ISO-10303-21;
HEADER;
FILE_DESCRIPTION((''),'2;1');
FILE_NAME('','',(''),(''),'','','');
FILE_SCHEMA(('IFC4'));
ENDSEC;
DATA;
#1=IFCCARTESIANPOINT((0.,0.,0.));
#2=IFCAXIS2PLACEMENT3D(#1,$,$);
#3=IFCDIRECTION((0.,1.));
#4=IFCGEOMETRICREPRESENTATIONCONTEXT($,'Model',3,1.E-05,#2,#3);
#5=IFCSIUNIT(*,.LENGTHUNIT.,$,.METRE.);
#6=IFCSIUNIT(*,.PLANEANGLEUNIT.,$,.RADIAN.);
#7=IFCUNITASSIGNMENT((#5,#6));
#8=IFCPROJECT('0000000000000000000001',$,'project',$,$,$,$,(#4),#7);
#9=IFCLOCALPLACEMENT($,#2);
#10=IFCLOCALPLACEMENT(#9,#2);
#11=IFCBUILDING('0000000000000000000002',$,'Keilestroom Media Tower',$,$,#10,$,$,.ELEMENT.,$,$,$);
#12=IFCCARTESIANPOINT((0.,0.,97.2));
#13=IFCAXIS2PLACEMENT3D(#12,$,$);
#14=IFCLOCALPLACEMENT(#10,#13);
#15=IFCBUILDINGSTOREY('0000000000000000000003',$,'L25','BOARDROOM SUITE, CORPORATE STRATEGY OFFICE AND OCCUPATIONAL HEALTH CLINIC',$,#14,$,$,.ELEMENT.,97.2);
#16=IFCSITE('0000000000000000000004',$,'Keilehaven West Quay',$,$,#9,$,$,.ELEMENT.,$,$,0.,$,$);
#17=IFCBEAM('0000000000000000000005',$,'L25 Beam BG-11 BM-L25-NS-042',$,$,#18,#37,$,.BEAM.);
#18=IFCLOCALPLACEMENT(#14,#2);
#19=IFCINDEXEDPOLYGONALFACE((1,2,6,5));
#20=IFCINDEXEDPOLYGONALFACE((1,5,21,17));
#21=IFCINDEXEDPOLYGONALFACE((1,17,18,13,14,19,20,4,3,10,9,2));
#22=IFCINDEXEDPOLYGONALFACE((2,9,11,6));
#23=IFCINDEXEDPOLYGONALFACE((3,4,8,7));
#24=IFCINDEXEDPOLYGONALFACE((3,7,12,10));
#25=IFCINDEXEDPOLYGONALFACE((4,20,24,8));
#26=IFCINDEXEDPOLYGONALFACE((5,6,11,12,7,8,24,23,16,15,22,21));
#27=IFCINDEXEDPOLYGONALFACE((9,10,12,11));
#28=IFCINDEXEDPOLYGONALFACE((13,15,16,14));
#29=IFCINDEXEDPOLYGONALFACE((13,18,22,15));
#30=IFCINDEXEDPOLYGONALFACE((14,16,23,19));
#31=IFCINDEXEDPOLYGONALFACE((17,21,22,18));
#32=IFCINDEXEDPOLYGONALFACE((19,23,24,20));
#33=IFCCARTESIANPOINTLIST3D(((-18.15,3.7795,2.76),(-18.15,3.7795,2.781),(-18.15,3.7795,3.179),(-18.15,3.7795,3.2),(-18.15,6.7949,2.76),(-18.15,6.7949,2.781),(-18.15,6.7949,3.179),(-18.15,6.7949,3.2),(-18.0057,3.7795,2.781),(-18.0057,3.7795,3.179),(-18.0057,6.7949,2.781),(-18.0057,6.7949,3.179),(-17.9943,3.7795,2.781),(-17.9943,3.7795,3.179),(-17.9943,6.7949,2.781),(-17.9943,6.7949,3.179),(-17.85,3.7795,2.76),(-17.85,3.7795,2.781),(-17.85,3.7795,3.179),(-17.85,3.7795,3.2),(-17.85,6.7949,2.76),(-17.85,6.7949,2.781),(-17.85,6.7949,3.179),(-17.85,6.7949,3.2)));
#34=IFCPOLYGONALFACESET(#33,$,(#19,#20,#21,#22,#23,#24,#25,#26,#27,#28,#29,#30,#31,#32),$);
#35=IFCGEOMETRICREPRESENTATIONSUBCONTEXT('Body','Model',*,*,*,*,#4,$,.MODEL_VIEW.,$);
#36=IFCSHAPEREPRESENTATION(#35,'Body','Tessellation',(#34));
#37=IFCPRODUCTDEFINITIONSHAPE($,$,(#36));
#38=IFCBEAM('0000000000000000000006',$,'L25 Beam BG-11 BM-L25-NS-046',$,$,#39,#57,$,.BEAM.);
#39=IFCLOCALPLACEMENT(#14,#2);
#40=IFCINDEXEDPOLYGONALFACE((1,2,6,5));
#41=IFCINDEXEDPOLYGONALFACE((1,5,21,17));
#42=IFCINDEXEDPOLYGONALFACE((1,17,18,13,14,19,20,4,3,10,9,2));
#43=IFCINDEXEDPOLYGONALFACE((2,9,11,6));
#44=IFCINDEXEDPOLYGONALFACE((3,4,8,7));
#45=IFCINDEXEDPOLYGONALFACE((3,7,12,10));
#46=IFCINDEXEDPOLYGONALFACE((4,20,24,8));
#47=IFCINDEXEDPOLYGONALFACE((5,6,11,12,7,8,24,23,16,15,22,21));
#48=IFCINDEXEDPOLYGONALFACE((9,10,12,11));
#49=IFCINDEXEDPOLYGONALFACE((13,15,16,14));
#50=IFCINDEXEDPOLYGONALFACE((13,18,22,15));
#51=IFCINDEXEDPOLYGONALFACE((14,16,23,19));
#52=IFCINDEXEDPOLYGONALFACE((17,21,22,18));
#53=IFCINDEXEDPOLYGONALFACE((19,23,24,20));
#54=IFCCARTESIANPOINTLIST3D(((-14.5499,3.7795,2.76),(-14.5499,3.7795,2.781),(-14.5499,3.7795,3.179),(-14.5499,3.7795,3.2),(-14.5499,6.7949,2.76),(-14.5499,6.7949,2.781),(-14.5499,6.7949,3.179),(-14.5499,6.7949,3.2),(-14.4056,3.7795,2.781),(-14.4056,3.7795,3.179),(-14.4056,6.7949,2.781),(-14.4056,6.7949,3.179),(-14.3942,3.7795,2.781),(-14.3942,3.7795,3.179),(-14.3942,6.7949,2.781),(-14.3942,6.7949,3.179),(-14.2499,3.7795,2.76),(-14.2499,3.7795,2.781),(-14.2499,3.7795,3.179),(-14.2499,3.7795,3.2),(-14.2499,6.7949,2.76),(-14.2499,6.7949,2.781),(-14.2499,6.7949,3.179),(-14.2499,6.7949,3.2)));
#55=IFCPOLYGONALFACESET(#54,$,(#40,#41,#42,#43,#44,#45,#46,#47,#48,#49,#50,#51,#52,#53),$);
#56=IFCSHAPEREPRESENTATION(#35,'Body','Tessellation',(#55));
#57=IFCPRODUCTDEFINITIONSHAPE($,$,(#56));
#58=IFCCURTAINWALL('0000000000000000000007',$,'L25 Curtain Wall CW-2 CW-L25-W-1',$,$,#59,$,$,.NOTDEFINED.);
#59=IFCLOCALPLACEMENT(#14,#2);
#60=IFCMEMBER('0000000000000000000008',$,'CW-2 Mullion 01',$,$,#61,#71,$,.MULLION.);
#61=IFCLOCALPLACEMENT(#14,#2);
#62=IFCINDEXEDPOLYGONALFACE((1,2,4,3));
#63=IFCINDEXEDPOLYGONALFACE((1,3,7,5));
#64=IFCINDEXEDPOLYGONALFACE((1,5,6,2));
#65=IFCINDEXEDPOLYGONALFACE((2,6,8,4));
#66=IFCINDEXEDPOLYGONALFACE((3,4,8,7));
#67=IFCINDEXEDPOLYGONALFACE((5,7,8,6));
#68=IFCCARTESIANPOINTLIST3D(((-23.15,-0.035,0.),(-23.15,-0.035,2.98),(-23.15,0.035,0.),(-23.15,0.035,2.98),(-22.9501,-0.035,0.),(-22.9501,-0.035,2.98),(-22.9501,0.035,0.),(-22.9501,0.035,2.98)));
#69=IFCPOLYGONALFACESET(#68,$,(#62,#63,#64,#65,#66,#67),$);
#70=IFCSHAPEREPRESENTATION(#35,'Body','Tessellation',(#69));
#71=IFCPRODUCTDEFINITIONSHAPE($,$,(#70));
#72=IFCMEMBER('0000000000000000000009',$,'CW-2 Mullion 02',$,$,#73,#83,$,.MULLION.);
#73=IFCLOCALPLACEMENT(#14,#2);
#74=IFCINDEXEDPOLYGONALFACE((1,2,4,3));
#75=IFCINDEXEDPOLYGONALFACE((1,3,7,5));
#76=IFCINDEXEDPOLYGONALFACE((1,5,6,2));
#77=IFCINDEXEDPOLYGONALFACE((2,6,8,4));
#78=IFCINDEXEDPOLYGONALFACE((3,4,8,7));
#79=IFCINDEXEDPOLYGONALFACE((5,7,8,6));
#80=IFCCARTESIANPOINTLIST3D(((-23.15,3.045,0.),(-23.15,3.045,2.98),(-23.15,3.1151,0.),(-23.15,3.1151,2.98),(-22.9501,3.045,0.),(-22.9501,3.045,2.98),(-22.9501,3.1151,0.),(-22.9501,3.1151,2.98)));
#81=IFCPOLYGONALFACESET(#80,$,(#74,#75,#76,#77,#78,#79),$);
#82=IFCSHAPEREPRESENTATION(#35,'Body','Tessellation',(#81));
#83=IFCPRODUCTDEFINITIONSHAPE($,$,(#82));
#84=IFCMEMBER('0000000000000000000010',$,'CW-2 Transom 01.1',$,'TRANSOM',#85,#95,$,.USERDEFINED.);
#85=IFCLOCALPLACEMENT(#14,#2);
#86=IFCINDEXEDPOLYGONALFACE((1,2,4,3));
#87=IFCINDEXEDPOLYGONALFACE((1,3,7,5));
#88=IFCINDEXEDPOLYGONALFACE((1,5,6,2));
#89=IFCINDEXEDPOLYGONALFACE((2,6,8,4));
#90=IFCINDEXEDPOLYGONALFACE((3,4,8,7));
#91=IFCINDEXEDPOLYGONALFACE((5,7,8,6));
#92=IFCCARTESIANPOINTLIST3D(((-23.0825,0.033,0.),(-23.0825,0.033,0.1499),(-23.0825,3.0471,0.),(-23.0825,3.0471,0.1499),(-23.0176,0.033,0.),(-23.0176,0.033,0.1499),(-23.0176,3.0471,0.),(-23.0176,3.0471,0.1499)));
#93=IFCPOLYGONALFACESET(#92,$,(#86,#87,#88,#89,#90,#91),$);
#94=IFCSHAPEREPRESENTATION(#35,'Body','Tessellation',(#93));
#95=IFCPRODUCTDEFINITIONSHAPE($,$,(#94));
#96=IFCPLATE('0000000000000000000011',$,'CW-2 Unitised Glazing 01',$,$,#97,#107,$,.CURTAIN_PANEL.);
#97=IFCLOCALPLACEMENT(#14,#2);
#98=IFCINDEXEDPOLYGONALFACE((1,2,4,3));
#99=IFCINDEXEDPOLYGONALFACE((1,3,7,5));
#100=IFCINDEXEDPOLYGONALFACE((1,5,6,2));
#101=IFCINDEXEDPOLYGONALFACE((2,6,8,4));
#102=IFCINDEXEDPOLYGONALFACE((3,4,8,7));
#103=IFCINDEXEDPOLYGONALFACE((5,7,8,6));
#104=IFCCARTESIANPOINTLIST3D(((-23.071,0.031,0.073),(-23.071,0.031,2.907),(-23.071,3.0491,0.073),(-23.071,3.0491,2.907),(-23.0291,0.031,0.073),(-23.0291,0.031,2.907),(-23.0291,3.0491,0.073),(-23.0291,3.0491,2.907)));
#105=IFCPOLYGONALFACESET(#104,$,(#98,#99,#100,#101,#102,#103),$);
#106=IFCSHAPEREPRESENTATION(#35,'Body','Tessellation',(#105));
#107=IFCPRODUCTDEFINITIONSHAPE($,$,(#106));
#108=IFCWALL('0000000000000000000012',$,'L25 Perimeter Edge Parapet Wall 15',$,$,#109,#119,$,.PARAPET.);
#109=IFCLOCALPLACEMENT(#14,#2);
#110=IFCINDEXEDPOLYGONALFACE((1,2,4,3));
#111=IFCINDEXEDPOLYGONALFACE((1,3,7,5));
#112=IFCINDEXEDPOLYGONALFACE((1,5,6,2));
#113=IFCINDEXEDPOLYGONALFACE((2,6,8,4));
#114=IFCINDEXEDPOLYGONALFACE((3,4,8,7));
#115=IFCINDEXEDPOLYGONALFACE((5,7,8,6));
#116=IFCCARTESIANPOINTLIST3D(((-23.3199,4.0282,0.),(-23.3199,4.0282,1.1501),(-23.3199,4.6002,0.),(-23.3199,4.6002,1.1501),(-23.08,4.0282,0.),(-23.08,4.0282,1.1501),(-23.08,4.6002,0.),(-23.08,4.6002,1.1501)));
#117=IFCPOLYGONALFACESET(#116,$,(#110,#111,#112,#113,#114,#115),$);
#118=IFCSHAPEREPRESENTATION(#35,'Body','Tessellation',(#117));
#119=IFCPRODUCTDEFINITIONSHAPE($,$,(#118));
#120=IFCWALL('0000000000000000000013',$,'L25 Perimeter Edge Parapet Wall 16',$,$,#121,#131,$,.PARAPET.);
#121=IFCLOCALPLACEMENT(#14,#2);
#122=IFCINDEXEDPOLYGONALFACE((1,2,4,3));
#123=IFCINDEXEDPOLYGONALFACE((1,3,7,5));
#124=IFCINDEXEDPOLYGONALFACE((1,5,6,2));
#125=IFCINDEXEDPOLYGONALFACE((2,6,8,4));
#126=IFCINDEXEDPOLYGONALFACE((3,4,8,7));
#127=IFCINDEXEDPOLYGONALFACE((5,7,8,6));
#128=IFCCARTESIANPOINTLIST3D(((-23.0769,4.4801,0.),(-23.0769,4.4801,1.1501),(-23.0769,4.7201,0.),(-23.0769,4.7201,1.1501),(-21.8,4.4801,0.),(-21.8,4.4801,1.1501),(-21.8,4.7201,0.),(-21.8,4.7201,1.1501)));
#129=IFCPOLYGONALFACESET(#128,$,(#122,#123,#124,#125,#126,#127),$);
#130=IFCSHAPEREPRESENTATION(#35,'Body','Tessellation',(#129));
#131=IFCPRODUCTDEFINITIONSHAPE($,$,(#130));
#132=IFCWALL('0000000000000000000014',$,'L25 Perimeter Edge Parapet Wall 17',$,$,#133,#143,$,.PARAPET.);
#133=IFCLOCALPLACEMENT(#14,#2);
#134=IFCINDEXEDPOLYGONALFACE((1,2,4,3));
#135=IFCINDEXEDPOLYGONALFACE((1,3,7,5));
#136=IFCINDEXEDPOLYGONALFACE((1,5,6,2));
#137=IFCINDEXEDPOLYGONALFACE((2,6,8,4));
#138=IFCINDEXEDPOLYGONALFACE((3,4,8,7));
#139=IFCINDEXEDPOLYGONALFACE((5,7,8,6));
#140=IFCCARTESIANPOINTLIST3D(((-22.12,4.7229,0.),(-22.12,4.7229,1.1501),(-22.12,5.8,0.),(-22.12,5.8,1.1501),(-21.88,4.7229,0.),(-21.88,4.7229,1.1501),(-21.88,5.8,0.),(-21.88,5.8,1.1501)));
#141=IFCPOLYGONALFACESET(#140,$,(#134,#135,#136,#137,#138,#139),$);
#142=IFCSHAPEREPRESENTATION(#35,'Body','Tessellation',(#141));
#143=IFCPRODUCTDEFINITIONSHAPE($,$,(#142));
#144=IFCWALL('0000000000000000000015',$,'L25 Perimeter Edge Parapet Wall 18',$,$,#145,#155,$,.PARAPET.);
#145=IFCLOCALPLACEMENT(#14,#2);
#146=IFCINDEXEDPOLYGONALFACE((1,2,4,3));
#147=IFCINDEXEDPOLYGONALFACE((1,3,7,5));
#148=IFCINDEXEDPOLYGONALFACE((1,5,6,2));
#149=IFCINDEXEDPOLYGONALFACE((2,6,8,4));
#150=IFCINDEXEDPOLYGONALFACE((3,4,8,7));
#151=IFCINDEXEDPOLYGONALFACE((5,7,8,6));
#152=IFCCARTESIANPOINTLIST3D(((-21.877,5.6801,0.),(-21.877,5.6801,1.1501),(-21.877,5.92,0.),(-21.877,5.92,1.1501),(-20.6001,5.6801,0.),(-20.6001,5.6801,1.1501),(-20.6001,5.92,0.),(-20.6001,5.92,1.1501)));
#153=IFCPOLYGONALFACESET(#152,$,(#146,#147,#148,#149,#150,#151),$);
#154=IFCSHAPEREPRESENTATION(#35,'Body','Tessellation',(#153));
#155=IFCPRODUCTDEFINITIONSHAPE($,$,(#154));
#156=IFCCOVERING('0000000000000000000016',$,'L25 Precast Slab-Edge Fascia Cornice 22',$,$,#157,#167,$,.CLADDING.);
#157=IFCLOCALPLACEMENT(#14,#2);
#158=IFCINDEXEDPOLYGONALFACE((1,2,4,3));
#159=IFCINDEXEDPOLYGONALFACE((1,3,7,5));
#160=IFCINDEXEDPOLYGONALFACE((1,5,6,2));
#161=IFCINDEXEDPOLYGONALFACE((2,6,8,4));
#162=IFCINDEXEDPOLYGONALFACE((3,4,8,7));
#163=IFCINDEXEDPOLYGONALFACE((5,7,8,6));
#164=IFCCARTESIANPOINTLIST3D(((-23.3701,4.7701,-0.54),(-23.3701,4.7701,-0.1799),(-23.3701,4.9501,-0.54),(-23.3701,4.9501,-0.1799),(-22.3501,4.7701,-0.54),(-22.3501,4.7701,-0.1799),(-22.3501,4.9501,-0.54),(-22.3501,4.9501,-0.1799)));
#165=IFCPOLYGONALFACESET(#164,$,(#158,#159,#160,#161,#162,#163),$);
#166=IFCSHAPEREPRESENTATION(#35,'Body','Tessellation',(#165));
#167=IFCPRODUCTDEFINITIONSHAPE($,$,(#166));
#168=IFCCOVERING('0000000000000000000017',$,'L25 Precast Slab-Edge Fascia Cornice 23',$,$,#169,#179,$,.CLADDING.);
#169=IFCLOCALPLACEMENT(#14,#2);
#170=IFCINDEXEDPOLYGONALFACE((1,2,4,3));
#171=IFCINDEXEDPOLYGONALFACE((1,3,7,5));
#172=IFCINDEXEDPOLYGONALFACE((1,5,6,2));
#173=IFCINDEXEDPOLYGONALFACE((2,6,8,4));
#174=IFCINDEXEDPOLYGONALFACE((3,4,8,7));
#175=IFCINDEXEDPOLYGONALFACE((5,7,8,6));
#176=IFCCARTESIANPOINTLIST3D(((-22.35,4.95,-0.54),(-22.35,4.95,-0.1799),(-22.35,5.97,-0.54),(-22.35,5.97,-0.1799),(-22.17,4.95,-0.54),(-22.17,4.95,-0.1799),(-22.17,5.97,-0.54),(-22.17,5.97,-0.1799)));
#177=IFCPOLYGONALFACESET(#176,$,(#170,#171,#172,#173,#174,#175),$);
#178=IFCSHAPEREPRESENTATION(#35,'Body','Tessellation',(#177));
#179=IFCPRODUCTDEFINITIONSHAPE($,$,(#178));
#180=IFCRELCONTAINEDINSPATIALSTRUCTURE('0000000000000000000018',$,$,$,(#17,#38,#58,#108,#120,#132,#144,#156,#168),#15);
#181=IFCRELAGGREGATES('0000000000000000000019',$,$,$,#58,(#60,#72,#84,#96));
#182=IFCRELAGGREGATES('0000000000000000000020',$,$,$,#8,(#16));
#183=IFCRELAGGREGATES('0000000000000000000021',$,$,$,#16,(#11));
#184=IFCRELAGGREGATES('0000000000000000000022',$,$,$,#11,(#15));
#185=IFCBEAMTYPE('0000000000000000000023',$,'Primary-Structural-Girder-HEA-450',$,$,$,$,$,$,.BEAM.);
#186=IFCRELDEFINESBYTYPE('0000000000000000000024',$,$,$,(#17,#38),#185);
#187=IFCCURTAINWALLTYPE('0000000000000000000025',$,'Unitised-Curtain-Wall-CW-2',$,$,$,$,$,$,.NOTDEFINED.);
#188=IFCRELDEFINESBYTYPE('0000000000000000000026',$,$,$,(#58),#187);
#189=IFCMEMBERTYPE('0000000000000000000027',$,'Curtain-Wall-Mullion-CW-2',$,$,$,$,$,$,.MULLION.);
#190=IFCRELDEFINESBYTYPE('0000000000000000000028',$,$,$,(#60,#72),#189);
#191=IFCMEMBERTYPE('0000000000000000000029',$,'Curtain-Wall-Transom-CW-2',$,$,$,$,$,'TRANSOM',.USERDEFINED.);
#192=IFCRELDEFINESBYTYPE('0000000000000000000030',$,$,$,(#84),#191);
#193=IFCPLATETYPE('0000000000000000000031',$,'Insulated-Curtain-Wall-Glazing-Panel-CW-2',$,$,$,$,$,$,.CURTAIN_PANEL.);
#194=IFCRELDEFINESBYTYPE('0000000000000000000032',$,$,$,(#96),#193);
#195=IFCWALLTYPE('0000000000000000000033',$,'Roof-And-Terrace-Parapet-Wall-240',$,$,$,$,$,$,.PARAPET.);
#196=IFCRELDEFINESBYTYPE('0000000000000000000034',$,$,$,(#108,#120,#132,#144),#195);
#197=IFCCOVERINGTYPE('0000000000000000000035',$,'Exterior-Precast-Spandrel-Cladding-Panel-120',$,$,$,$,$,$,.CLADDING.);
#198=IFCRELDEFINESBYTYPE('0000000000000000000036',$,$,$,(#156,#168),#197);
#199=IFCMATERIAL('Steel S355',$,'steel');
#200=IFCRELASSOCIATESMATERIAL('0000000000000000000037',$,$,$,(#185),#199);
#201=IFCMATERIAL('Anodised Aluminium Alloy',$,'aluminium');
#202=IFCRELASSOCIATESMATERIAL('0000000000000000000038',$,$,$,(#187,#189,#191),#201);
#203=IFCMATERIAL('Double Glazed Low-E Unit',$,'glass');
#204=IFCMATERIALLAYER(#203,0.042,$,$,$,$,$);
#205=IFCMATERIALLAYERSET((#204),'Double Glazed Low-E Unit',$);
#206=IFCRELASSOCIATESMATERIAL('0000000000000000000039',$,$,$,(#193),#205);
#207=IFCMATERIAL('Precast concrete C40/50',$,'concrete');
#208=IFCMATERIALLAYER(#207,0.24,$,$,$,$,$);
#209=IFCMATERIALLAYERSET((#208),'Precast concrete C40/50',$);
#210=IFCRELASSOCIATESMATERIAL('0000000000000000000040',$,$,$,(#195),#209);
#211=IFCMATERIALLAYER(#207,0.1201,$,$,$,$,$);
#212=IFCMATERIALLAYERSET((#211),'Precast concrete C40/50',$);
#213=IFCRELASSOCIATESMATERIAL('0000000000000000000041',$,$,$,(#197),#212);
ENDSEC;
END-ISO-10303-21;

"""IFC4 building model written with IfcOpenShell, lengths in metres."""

from ifc_helpers import new_model, si_unit, direction, frame, frame_2d, origin, origin_2d, place, context, subcontext, project, spatial, rectangle, i_section, extrude, source, transform, mapped, material, layer, layer_set, material_profile, profile_set, type_object, element, aggregate, save


model = new_model("IFC4")

# Units and contexts
model_context = context("Model", 3, precision=1e-05, world=origin(), true_north=direction((0.0, 1.0)))
body_context = subcontext(model_context, "Body", "Model", "MODEL_VIEW")
ifc_project = project(units=[si_unit("LENGTHUNIT", "METRE"), si_unit("PLANEANGLEUNIT", "RADIAN")], contexts=[model_context])

# Site, building, storey
site_placement = place(None, origin())
site = spatial("IfcSite", under=ifc_project, at=site_placement, Name="Keilehaven West Quay", CompositionType="ELEMENT", RefElevation=0.0)
building_placement = place(site_placement, origin())
building = spatial("IfcBuilding", under=site, at=building_placement, Name="Keilestroom Media Tower", CompositionType="ELEMENT")
storey_placement = place(building_placement, frame((0.0, 0.0, 97.2)))
storey = spatial("IfcBuildingStorey", under=building, at=storey_placement, Name="L25", Description="BOARDROOM SUITE, CORPORATE STRATEGY OFFICE AND OCCUPATIONAL HEALTH CLINIC", CompositionType="ELEMENT", Elevation=97.2)

# Shared definitions
ifc_material_1 = material(Name="Precast concrete C40/50", Category="concrete")
ifc_material_2 = material(Name="Steel S355", Category="steel")

# Beams
ifc_material_profile_1 = material_profile(ifc_material_2, i_section(OverallWidth=0.3, OverallDepth=0.4399, WebThickness=0.0115, FlangeThickness=0.021, at=origin_2d()), Name="HEA 450")
ifc_profile_set_1 = profile_set([ifc_material_profile_1], Name="Steel S355")
beam_type_1 = type_object("IfcBeamType", Name="Primary-Structural-Girder-HEA-450", PredefinedType="BEAM", material=ifc_profile_set_1)
shared_shape_1 = source(origin(), body_context, "Body", "SweptSolid", [
    extrude(i_section(OverallWidth=0.3, OverallDepth=0.4399, WebThickness=0.0115, FlangeThickness=0.021, at=origin_2d()), origin(), (0.0, 0.0, 1.0), 3.0154),
])
for number, where, z_axis, x_axis, name in (
    (1, (-18.0, 3.7795, 2.98), (0.0, 1.0, 0.0), (-1.0, 0.0, 0.0), "L25 Beam BG-11 BM-L25-NS-042"),
    (2, (-14.3999, 3.7795, 2.98), (0.0, 1.0, 0.0), (-1.0, 0.0, 0.0), "L25 Beam BG-11 BM-L25-NS-046"),
):
    element("IfcBeam", number, at=place(storey_placement, frame(where, z_axis=z_axis, x_axis=x_axis)), inside=storey, type_object=beam_type_1, Name=name, PredefinedType="BEAM", context=body_context, shape_type="MappedRepresentation", body=[
        mapped(shared_shape_1, transform((0.0, 0.0, 0.0), x_axis=(1.0, 0.0, 0.0), y_axis=(0.0, 1.0, 0.0), z_axis=(0.0, 0.0, 1.0), scale=1.0)),
    ])

# Curtain wall, members, plate
ifc_material_3 = material(Name="Anodised Aluminium Alloy", Category="aluminium")
curtain_wall_type = type_object("IfcCurtainWallType", Name="Unitised-Curtain-Wall-CW-2", PredefinedType="NOTDEFINED", material=ifc_material_3)
curtain_wall_placement = place(storey_placement, origin())
curtain_wall = element("IfcCurtainWall", 3, at=curtain_wall_placement, inside=storey, type_object=curtain_wall_type, Name="L25 Curtain Wall CW-2 CW-L25-W-1", PredefinedType="NOTDEFINED")
ifc_material_profile_2 = material_profile(ifc_material_3, rectangle(XDim=0.0701, YDim=0.2, at=origin_2d()), Name="ALU MULLION 70x200")
ifc_profile_set_2 = profile_set([ifc_material_profile_2], Name="Anodised Aluminium Alloy")
member_type_1 = type_object("IfcMemberType", Name="Curtain-Wall-Mullion-CW-2", PredefinedType="MULLION", material=ifc_profile_set_2)
shared_shape_2 = source(origin(), body_context, "Body", "SweptSolid", [
    extrude(rectangle(XDim=0.0701, YDim=0.2, at=origin_2d()), origin(), (0.0, 0.0, 1.0), 2.98),
])
member_1_placement = place(storey_placement, frame((-23.05, 0.0, 0.0), z_axis=(0.0, 0.0, 1.0), x_axis=(0.0, 1.0, 0.0)))
member_1 = element("IfcMember", 4, at=member_1_placement, type_object=member_type_1, Name="CW-2 Mullion 01", PredefinedType="MULLION", context=body_context, shape_type="MappedRepresentation", body=[
    mapped(shared_shape_2, transform((0.0, 0.0, 0.0), x_axis=(1.0, 0.0, 0.0), y_axis=(0.0, 1.0, 0.0), z_axis=(0.0, 0.0, 1.0), scale=1.0)),
])
member_2_placement = place(storey_placement, frame((-23.05, 3.0801, 0.0), z_axis=(0.0, 0.0, 1.0), x_axis=(0.0, 1.0, 0.0)))
member_2 = element("IfcMember", 5, at=member_2_placement, type_object=member_type_1, Name="CW-2 Mullion 02", PredefinedType="MULLION", context=body_context, shape_type="MappedRepresentation", body=[
    mapped(shared_shape_2, transform((0.0, 0.0, 0.0), x_axis=(1.0, 0.0, 0.0), y_axis=(0.0, 1.0, 0.0), z_axis=(0.0, 0.0, 1.0), scale=1.0)),
])
ifc_material_profile_3 = material_profile(ifc_material_3, rectangle(XDim=0.0649, YDim=0.1499, at=origin_2d()), Name="ALU TRANSOM 65x150")
ifc_profile_set_3 = profile_set([ifc_material_profile_3], Name="Anodised Aluminium Alloy")
member_type_2 = type_object("IfcMemberType", Name="Curtain-Wall-Transom-CW-2", ElementType="TRANSOM", PredefinedType="USERDEFINED", material=ifc_profile_set_3)
shared_shape_3 = source(origin(), body_context, "Body", "SweptSolid", [
    extrude(rectangle(XDim=0.0649, YDim=0.1499, at=origin_2d()), origin(), (0.0, 0.0, 1.0), 3.0142),
])
member_3_placement = place(storey_placement, frame((-23.05, 0.033, 0.075), z_axis=(0.0, 1.0, 0.0), x_axis=(-1.0, 0.0, 0.0)))
member_3 = element("IfcMember", 6, at=member_3_placement, type_object=member_type_2, Name="CW-2 Transom 01.1", ObjectType="TRANSOM", PredefinedType="USERDEFINED", context=body_context, shape_type="MappedRepresentation", body=[
    mapped(shared_shape_3, transform((0.0, 0.0, 0.0), x_axis=(1.0, 0.0, 0.0), y_axis=(0.0, 1.0, 0.0), z_axis=(0.0, 0.0, 1.0), scale=1.0)),
])
ifc_material_4 = material(Name="Double Glazed Low-E Unit", Category="glass")
ifc_layer_1 = layer(ifc_material_4, 0.042)
ifc_layer_set_1 = layer_set([ifc_layer_1], Name="Double Glazed Low-E Unit")
plate_type = type_object("IfcPlateType", Name="Insulated-Curtain-Wall-Glazing-Panel-CW-2", PredefinedType="CURTAIN_PANEL", material=ifc_layer_set_1)
shared_shape_4 = source(origin(), body_context, "Body", "SweptSolid", [
    extrude(rectangle(XDim=3.0181, YDim=0.042, at=origin_2d()), origin(), (0.0, 0.0, 1.0), 2.834),
])
plate_placement = place(storey_placement, frame((-23.05, 1.54, 0.073), z_axis=(0.0, 0.0, 1.0), x_axis=(0.0, 1.0, 0.0)))
plate = element("IfcPlate", 7, at=plate_placement, type_object=plate_type, Name="CW-2 Unitised Glazing 01", PredefinedType="CURTAIN_PANEL", context=body_context, shape_type="MappedRepresentation", body=[
    mapped(shared_shape_4, transform((0.0, 0.0, 0.0), x_axis=(1.0, 0.0, 0.0), y_axis=(0.0, 1.0, 0.0), z_axis=(0.0, 0.0, 1.0), scale=1.0)),
])
aggregate(curtain_wall, [member_1, member_2, member_3, plate])

# Walls
ifc_layer_2 = layer(ifc_material_1, 0.24)
ifc_layer_set_2 = layer_set([ifc_layer_2], Name="Precast concrete C40/50")
wall_type = type_object("IfcWallType", Name="Roof-And-Terrace-Parapet-Wall-240", PredefinedType="PARAPET", material=ifc_layer_set_2)
wall_1_placement = place(storey_placement, frame((-23.2, 4.0281, 0.0), z_axis=(0.0, 0.0, 1.0), x_axis=(0.0, 1.0, 0.0)))
element("IfcWall", 8, at=wall_1_placement, inside=storey, type_object=wall_type, Name="L25 Perimeter Edge Parapet Wall 15", PredefinedType="PARAPET", context=body_context, shape_type="SweptSolid", body=[
    extrude(rectangle(XDim=0.572, YDim=0.24, at=frame_2d((0.2861, 0.0))), origin(), (0.0, 0.0, 1.0), 1.1501),
])
wall_2_placement = place(storey_placement, frame((-23.0769, 4.6001, 0.0), z_axis=(0.0, 0.0, 1.0), x_axis=(1.0, 0.0, 0.0)))
element("IfcWall", 9, at=wall_2_placement, inside=storey, type_object=wall_type, Name="L25 Perimeter Edge Parapet Wall 16", PredefinedType="PARAPET", context=body_context, shape_type="SweptSolid", body=[
    extrude(rectangle(XDim=1.2769, YDim=0.24, at=frame_2d((0.6384, 0.0))), origin(), (0.0, 0.0, 1.0), 1.1501),
])
wall_3_placement = place(storey_placement, frame((-22.0, 4.7229, 0.0), z_axis=(0.0, 0.0, 1.0), x_axis=(0.0, 1.0, 0.0)))
element("IfcWall", 10, at=wall_3_placement, inside=storey, type_object=wall_type, Name="L25 Perimeter Edge Parapet Wall 17", PredefinedType="PARAPET", context=body_context, shape_type="SweptSolid", body=[
    extrude(rectangle(XDim=1.0771, YDim=0.24, at=frame_2d((0.5386, 0.0))), origin(), (0.0, 0.0, 1.0), 1.1501),
])
wall_4_placement = place(storey_placement, frame((-21.877, 5.8, 0.0), z_axis=(0.0, 0.0, 1.0), x_axis=(1.0, 0.0, 0.0)))
element("IfcWall", 11, at=wall_4_placement, inside=storey, type_object=wall_type, Name="L25 Perimeter Edge Parapet Wall 18", PredefinedType="PARAPET", context=body_context, shape_type="SweptSolid", body=[
    extrude(rectangle(XDim=1.2769, YDim=0.24, at=frame_2d((0.6384, 0.0))), origin(), (0.0, 0.0, 1.0), 1.1501),
])

# Coverings
ifc_layer_3 = layer(ifc_material_1, 0.1201)
ifc_layer_set_3 = layer_set([ifc_layer_3], Name="Precast concrete C40/50")
covering_type = type_object("IfcCoveringType", Name="Exterior-Precast-Spandrel-Cladding-Panel-120", PredefinedType="CLADDING", material=ifc_layer_set_3)
shared_shape_5 = source(origin(), body_context, "Body", "SweptSolid", [
    extrude(rectangle(XDim=1.02, YDim=0.1799, at=origin_2d()), origin(), (0.0, 0.0, 1.0), 0.3601),
])
for number, where, z_axis, x_axis, name in (
    (12, (-22.8601, 4.8601, -0.54), (0.0, 0.0, 1.0), (1.0, 0.0, 0.0), "L25 Precast Slab-Edge Fascia Cornice 22"),
    (13, (-22.26, 5.46, -0.54), (0.0, 0.0, 1.0), (0.0, 1.0, 0.0), "L25 Precast Slab-Edge Fascia Cornice 23"),
):
    element("IfcCovering", number, at=place(storey_placement, frame(where, z_axis=z_axis, x_axis=x_axis)), inside=storey, type_object=covering_type, Name=name, PredefinedType="CLADDING", context=body_context, shape_type="MappedRepresentation", body=[
        mapped(shared_shape_5, transform((0.0, 0.0, 0.0), x_axis=(1.0, 0.0, 0.0), y_axis=(0.0, 1.0, 0.0), z_axis=(0.0, 0.0, 1.0), scale=1.0)),
    ])

save(model, "model.ifc")
